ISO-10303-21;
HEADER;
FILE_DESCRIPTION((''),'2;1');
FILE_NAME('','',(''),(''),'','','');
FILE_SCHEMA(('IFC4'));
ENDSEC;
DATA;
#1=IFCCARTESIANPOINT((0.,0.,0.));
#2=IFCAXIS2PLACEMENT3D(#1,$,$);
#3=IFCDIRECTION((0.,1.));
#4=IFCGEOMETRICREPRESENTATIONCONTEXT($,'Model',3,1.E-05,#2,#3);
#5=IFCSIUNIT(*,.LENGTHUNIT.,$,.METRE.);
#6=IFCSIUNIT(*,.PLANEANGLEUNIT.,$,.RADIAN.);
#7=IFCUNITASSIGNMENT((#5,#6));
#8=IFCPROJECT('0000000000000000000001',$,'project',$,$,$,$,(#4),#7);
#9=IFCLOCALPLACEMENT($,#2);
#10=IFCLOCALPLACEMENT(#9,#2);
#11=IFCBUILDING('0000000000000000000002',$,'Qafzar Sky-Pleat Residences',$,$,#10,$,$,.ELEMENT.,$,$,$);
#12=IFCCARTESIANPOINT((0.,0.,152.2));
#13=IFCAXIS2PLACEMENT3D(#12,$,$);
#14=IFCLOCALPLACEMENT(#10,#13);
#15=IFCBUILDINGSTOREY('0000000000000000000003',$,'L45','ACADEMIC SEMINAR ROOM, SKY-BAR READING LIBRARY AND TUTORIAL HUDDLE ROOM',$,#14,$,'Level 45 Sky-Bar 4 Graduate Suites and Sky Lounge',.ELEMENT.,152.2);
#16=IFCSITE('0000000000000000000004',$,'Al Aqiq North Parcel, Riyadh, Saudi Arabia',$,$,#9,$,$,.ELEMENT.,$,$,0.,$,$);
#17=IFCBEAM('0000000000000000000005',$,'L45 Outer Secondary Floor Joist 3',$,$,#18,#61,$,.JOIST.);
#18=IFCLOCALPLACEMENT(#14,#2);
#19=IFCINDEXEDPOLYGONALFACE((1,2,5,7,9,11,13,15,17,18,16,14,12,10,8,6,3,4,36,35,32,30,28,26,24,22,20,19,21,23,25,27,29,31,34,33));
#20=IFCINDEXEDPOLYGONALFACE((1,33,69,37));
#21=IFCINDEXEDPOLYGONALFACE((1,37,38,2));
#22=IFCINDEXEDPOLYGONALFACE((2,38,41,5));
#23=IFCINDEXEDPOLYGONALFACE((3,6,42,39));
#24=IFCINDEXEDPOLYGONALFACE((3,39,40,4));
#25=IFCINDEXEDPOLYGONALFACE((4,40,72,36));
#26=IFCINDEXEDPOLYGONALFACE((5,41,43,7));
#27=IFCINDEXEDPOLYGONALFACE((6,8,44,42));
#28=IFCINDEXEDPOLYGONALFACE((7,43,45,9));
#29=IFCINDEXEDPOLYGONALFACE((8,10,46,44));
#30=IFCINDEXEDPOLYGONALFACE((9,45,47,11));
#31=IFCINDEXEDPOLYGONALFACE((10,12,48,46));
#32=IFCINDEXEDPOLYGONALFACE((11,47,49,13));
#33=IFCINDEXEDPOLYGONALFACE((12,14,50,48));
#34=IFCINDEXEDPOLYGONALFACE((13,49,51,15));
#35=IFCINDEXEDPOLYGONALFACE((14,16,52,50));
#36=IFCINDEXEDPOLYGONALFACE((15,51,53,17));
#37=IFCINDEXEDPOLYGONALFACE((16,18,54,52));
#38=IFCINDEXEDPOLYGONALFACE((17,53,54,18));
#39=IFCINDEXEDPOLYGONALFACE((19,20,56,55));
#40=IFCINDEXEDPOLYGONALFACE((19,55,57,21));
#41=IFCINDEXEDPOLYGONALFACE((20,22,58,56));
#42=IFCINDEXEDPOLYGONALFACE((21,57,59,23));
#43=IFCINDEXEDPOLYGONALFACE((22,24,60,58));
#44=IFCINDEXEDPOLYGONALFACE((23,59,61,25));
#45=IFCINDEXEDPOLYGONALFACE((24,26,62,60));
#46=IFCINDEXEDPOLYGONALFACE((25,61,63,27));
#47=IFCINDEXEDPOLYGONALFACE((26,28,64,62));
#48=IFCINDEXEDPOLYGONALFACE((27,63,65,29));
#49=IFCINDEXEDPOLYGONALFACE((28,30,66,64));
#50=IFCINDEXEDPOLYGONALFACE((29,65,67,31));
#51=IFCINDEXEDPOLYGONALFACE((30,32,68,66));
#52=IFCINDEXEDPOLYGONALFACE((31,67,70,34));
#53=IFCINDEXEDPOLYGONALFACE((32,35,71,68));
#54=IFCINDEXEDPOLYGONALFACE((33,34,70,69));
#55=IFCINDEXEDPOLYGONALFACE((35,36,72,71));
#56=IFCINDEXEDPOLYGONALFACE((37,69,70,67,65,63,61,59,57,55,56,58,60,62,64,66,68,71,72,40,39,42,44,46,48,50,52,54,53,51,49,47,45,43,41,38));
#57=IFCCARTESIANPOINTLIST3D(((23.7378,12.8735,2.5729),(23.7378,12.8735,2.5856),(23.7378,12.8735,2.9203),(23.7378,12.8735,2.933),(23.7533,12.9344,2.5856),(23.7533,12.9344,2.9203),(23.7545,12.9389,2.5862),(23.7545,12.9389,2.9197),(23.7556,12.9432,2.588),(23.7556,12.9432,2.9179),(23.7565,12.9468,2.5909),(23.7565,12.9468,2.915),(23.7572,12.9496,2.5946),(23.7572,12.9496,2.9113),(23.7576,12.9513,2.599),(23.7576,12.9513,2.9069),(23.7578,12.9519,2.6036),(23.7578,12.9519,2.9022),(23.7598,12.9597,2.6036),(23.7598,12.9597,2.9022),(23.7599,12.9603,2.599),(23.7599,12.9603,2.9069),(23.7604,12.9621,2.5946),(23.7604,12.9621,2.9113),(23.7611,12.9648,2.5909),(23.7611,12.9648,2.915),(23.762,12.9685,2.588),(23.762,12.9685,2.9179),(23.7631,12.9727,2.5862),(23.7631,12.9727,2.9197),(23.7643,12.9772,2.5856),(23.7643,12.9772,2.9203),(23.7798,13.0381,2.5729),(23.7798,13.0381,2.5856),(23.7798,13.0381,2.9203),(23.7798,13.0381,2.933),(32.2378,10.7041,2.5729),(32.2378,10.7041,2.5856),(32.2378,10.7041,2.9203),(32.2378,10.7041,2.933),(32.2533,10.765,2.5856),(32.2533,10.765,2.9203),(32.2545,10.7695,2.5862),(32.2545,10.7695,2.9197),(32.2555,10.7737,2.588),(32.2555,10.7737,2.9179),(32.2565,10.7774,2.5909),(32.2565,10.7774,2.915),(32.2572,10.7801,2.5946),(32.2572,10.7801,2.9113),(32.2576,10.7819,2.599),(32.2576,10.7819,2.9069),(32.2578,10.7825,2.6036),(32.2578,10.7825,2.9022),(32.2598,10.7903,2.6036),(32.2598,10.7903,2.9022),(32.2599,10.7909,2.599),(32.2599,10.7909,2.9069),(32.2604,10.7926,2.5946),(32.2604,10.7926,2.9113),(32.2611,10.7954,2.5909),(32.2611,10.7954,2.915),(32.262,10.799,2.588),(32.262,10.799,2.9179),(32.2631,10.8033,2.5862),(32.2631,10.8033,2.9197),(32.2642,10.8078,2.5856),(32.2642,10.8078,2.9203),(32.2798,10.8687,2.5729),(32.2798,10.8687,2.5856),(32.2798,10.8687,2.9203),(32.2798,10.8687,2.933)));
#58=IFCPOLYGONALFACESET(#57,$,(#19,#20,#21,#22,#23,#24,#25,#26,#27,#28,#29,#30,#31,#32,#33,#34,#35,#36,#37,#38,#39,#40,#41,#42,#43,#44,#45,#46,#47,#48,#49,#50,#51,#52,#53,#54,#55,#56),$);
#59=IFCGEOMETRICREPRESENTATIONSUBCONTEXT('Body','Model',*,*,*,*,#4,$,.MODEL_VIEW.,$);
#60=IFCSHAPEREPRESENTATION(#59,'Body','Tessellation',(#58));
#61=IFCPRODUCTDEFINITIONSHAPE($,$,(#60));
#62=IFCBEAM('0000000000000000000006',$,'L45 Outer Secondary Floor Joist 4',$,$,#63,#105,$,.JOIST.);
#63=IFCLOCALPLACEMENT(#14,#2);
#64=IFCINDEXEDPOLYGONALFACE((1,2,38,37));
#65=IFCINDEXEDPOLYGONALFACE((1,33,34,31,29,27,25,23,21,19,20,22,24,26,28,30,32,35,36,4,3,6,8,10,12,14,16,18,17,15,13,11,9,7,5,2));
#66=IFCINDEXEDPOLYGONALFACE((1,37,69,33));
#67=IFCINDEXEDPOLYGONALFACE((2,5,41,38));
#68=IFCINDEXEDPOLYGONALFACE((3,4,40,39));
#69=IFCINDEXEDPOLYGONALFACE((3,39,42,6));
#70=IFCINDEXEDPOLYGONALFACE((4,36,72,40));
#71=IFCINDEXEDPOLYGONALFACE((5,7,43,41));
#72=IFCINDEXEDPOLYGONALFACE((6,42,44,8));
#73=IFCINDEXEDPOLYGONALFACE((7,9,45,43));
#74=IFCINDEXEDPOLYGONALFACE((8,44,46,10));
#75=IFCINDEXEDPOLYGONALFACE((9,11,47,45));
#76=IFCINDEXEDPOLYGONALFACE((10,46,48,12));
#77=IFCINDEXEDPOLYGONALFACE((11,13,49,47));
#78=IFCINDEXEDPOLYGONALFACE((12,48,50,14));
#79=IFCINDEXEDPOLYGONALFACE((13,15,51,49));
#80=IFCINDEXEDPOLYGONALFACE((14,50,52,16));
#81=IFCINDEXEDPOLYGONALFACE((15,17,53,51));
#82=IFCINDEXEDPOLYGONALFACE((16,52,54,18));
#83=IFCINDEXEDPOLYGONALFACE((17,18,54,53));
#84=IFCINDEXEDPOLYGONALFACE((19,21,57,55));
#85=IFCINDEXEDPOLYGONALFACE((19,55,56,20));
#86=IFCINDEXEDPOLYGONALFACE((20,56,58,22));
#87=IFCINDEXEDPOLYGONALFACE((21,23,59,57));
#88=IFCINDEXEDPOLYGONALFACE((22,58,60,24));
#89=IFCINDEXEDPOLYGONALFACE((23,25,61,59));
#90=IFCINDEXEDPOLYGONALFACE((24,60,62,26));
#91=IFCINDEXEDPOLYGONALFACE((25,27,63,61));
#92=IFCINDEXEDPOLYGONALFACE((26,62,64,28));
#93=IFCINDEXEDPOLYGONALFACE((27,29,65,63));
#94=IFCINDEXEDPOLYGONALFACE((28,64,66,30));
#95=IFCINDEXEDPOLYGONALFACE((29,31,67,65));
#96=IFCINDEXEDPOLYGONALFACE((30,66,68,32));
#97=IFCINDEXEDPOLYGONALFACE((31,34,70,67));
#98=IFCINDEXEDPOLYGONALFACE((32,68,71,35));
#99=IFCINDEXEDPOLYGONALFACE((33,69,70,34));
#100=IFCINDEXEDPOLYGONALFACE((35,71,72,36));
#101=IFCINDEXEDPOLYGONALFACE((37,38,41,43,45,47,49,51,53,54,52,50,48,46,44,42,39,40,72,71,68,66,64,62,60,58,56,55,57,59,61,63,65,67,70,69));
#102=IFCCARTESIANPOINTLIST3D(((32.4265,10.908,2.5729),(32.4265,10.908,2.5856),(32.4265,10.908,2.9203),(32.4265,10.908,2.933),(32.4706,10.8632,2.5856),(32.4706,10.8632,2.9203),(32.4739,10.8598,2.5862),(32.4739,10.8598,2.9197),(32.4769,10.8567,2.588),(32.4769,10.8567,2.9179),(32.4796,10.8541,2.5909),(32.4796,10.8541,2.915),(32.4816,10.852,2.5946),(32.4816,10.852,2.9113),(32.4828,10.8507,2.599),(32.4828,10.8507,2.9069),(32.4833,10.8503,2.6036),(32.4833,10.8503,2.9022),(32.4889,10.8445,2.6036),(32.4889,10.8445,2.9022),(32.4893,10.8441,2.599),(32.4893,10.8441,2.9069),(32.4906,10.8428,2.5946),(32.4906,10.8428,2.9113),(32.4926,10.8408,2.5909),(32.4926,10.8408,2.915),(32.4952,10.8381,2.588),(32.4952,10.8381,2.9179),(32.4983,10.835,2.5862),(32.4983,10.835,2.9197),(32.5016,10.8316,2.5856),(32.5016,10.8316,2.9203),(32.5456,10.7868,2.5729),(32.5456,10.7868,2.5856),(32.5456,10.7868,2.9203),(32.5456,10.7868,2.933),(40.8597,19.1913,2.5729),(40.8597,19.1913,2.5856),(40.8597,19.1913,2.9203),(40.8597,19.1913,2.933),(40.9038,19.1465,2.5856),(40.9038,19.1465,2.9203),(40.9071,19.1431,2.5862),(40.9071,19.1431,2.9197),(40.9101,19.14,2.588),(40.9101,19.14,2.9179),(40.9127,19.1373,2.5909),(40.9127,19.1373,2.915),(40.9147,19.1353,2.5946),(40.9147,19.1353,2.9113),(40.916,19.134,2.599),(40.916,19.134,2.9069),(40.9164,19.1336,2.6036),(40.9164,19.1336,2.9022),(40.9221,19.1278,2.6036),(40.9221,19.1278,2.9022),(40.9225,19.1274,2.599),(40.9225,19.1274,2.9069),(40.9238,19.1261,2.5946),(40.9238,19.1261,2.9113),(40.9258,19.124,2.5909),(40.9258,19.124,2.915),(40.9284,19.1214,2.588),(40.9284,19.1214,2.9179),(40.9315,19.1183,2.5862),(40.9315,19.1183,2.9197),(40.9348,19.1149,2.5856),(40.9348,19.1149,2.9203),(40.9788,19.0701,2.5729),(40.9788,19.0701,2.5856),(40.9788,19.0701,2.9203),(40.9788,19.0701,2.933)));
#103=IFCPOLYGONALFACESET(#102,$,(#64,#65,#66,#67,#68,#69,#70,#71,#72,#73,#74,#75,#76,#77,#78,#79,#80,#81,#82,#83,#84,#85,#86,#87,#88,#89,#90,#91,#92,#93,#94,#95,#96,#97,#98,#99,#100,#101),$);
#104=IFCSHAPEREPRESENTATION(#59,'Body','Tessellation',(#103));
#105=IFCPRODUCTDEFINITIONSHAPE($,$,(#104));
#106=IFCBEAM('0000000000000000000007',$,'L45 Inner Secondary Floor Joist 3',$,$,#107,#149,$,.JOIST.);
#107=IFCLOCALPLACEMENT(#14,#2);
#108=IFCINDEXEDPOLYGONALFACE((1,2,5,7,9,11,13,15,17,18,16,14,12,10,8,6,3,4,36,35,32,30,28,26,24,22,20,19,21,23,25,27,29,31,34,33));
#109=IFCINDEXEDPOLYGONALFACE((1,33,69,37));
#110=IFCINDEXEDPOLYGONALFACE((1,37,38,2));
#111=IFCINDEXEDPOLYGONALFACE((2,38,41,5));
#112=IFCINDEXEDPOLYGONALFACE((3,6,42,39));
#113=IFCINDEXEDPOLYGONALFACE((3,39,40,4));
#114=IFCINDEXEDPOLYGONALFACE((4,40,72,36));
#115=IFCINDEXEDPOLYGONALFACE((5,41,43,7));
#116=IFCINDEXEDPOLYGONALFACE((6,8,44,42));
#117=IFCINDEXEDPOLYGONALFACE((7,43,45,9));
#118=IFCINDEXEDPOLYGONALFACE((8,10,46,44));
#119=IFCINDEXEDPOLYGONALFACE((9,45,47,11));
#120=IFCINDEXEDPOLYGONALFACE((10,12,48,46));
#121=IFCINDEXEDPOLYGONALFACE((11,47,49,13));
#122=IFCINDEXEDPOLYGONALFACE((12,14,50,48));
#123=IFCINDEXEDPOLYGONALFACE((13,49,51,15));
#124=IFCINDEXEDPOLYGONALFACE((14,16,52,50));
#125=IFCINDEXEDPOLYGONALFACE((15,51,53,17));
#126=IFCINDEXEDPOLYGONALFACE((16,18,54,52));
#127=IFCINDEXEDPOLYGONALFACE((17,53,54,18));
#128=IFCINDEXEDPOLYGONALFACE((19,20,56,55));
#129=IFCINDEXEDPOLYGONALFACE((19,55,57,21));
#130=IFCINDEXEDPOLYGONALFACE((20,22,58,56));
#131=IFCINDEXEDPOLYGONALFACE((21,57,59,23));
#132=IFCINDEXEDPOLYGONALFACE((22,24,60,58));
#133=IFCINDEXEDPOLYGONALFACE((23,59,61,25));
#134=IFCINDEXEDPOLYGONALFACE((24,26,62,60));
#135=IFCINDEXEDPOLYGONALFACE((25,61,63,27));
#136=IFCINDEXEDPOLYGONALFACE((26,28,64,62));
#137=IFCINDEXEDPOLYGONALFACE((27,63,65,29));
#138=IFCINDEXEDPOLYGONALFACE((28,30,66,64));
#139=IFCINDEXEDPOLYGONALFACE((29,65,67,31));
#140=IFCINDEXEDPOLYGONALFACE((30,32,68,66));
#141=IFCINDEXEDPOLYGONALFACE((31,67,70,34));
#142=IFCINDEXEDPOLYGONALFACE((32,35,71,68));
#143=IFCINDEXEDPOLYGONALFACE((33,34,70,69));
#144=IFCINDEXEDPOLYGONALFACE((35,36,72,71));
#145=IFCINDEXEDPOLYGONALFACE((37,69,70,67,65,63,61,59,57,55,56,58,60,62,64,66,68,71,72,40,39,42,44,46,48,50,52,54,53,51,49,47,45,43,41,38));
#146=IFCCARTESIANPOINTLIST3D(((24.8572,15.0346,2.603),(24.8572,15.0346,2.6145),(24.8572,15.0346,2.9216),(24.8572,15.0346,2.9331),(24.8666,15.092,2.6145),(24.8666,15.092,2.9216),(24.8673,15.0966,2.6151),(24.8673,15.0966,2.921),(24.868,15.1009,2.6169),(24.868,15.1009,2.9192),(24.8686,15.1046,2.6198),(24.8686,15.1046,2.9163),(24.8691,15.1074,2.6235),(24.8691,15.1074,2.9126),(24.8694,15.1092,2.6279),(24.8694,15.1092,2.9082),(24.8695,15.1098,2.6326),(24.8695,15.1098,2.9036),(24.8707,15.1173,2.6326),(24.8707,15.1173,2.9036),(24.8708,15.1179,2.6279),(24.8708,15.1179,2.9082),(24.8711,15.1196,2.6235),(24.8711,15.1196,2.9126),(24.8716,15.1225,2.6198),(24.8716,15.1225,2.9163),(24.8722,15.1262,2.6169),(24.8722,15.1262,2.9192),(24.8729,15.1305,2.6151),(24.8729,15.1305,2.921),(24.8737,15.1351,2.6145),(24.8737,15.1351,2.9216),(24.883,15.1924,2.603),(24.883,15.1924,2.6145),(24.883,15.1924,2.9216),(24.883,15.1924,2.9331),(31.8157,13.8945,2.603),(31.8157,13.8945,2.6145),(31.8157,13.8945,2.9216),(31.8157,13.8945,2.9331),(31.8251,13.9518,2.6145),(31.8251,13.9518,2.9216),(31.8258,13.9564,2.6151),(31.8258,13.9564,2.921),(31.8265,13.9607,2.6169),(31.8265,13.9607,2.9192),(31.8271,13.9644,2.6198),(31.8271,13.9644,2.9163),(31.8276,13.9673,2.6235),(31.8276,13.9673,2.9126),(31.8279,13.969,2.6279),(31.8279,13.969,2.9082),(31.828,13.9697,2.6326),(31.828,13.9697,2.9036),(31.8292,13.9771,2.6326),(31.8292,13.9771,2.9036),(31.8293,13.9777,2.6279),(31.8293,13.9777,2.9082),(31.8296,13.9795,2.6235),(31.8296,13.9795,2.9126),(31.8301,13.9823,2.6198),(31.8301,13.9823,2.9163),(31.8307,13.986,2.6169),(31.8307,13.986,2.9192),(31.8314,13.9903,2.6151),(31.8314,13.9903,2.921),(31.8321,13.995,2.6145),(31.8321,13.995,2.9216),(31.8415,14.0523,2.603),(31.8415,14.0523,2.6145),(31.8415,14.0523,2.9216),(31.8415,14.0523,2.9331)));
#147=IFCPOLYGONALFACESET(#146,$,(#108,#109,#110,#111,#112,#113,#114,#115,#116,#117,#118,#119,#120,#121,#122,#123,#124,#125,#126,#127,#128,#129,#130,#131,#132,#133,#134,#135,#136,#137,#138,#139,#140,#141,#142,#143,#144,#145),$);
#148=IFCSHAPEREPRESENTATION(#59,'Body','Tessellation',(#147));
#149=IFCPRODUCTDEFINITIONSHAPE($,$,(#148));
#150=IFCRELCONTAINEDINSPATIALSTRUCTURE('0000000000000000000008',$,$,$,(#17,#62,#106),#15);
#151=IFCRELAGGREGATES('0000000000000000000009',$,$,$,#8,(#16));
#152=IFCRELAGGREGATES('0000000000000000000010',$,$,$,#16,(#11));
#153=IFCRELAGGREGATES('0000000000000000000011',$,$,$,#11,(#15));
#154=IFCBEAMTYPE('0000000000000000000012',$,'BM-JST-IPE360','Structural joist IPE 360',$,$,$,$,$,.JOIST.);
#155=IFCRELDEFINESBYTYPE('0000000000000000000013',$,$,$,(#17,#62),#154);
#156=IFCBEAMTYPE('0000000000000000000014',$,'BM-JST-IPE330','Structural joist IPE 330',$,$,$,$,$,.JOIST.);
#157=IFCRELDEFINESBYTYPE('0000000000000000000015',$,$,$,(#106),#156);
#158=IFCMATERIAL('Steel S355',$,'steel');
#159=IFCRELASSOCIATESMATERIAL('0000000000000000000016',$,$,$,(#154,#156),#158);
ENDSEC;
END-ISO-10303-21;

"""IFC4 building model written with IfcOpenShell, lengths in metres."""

from ifc_helpers import new_model, si_unit, direction, frame, origin, origin_2d, place, context, subcontext, project, spatial, i_section, extrude, source, transform, mapped, material, material_profile, profile_set, type_object, element, save


model = new_model("IFC4")

# Units and contexts
model_context = context("Model", 3, precision=1e-05, world=origin(), true_north=direction((0.0, 1.0)))
body_context = subcontext(model_context, "Body", "Model", "MODEL_VIEW")
ifc_project = project(units=[si_unit("LENGTHUNIT", "METRE"), si_unit("PLANEANGLEUNIT", "RADIAN")], contexts=[model_context])

# Site, building, storey
site_placement = place(None, origin())
site = spatial("IfcSite", under=ifc_project, at=site_placement, Name="Al Aqiq North Parcel, Riyadh, Saudi Arabia", CompositionType="ELEMENT", RefElevation=0.0)
building_placement = place(site_placement, origin())
building = spatial("IfcBuilding", under=site, at=building_placement, Name="Qafzar Sky-Pleat Residences", CompositionType="ELEMENT")
storey_placement = place(building_placement, frame((0.0, 0.0, 152.2)))
storey = spatial("IfcBuildingStorey", under=building, at=storey_placement, Name="L45", Description="ACADEMIC SEMINAR ROOM, SKY-BAR READING LIBRARY AND TUTORIAL HUDDLE ROOM", LongName="Level 45 Sky-Bar 4 Graduate Suites and Sky Lounge", CompositionType="ELEMENT", Elevation=152.2)

# Shared definitions
ifc_material_1 = material(Name="Steel S355", Category="steel")

# Beams
ifc_material_profile_1 = material_profile(ifc_material_1, i_section(OverallWidth=0.1699, OverallDepth=0.3601, WebThickness=0.0081, FlangeThickness=0.0127, FilletRadius=0.0181, at=origin_2d()), Name="IPE 360")
ifc_profile_set_1 = profile_set([ifc_material_profile_1], Name="Steel S355")
beam_type_1 = type_object("IfcBeamType", Name="BM-JST-IPE360", Description="Structural joist IPE 360", PredefinedType="JOIST", material=ifc_profile_set_1)
shared_shape_1 = source(origin(), body_context, "Body", "SweptSolid", [
    extrude(i_section(OverallWidth=0.1699, OverallDepth=0.3601, WebThickness=0.0081, FlangeThickness=0.0127, FilletRadius=0.0181, at=origin_2d()), origin(), (0.0, 0.0, 1.0), 8.7725),
])
beam_1_placement = place(storey_placement, frame((23.7588, 12.9558, 2.7529), z_axis=(0.968939, -0.2473, 0.0), x_axis=(0.2473, 0.968939, 0.0)))
element("IfcBeam", 1, at=beam_1_placement, inside=storey, type_object=beam_type_1, Name="L45 Outer Secondary Floor Joist 3", PredefinedType="JOIST", context=body_context, shape_type="MappedRepresentation", body=[
    mapped(shared_shape_1, transform((0.0, 0.0, 0.0), x_axis=(1.0, 0.0, 0.0), y_axis=(0.0, 1.0, 0.0), z_axis=(0.0, 0.0, 1.0), scale=1.0)),
])
shared_shape_2 = source(origin(), body_context, "Body", "SweptSolid", [
    extrude(i_section(OverallWidth=0.1699, OverallDepth=0.3601, WebThickness=0.0081, FlangeThickness=0.0127, FilletRadius=0.0181, at=origin_2d()), origin(), (0.0, 0.0, 1.0), 11.8208),
])
beam_2_placement = place(storey_placement, frame((32.4861, 10.8474, 2.7529), z_axis=(0.713419, 0.700738, 0.0), x_axis=(-0.700738, 0.713419, 0.0)))
element("IfcBeam", 2, at=beam_2_placement, inside=storey, type_object=beam_type_1, Name="L45 Outer Secondary Floor Joist 4", PredefinedType="JOIST", context=body_context, shape_type="MappedRepresentation", body=[
    mapped(shared_shape_2, transform((0.0, 0.0, 0.0), x_axis=(1.0, 0.0, 0.0), y_axis=(0.0, 1.0, 0.0), z_axis=(0.0, 0.0, 1.0), scale=1.0)),
])
ifc_material_profile_2 = material_profile(ifc_material_1, i_section(OverallWidth=0.1599, OverallDepth=0.3301, WebThickness=0.0076, FlangeThickness=0.0115, FilletRadius=0.0181, at=origin_2d()), Name="IPE 330")
ifc_profile_set_2 = profile_set([ifc_material_profile_2], Name="Steel S355")
beam_type_2 = type_object("IfcBeamType", Name="BM-JST-IPE330", Description="Structural joist IPE 330", PredefinedType="JOIST", material=ifc_profile_set_2)
shared_shape_3 = source(origin(), body_context, "Body", "SweptSolid", [
    extrude(i_section(OverallWidth=0.1599, OverallDepth=0.3301, WebThickness=0.0076, FlangeThickness=0.0115, FilletRadius=0.0181, at=origin_2d()), origin(), (0.0, 0.0, 1.0), 7.0513),
])
beam_3_placement = place(storey_placement, frame((24.8701, 15.1135, 2.7681), z_axis=(0.986841, -0.161692, 0.0), x_axis=(0.161692, 0.986841, 0.0)))
element("IfcBeam", 3, at=beam_3_placement, inside=storey, type_object=beam_type_2, Name="L45 Inner Secondary Floor Joist 3", PredefinedType="JOIST", context=body_context, shape_type="MappedRepresentation", body=[
    mapped(shared_shape_3, transform((0.0, 0.0, 0.0), x_axis=(1.0, 0.0, 0.0), y_axis=(0.0, 1.0, 0.0), z_axis=(0.0, 0.0, 1.0), scale=1.0)),
])

save(model, "model.ifc")
